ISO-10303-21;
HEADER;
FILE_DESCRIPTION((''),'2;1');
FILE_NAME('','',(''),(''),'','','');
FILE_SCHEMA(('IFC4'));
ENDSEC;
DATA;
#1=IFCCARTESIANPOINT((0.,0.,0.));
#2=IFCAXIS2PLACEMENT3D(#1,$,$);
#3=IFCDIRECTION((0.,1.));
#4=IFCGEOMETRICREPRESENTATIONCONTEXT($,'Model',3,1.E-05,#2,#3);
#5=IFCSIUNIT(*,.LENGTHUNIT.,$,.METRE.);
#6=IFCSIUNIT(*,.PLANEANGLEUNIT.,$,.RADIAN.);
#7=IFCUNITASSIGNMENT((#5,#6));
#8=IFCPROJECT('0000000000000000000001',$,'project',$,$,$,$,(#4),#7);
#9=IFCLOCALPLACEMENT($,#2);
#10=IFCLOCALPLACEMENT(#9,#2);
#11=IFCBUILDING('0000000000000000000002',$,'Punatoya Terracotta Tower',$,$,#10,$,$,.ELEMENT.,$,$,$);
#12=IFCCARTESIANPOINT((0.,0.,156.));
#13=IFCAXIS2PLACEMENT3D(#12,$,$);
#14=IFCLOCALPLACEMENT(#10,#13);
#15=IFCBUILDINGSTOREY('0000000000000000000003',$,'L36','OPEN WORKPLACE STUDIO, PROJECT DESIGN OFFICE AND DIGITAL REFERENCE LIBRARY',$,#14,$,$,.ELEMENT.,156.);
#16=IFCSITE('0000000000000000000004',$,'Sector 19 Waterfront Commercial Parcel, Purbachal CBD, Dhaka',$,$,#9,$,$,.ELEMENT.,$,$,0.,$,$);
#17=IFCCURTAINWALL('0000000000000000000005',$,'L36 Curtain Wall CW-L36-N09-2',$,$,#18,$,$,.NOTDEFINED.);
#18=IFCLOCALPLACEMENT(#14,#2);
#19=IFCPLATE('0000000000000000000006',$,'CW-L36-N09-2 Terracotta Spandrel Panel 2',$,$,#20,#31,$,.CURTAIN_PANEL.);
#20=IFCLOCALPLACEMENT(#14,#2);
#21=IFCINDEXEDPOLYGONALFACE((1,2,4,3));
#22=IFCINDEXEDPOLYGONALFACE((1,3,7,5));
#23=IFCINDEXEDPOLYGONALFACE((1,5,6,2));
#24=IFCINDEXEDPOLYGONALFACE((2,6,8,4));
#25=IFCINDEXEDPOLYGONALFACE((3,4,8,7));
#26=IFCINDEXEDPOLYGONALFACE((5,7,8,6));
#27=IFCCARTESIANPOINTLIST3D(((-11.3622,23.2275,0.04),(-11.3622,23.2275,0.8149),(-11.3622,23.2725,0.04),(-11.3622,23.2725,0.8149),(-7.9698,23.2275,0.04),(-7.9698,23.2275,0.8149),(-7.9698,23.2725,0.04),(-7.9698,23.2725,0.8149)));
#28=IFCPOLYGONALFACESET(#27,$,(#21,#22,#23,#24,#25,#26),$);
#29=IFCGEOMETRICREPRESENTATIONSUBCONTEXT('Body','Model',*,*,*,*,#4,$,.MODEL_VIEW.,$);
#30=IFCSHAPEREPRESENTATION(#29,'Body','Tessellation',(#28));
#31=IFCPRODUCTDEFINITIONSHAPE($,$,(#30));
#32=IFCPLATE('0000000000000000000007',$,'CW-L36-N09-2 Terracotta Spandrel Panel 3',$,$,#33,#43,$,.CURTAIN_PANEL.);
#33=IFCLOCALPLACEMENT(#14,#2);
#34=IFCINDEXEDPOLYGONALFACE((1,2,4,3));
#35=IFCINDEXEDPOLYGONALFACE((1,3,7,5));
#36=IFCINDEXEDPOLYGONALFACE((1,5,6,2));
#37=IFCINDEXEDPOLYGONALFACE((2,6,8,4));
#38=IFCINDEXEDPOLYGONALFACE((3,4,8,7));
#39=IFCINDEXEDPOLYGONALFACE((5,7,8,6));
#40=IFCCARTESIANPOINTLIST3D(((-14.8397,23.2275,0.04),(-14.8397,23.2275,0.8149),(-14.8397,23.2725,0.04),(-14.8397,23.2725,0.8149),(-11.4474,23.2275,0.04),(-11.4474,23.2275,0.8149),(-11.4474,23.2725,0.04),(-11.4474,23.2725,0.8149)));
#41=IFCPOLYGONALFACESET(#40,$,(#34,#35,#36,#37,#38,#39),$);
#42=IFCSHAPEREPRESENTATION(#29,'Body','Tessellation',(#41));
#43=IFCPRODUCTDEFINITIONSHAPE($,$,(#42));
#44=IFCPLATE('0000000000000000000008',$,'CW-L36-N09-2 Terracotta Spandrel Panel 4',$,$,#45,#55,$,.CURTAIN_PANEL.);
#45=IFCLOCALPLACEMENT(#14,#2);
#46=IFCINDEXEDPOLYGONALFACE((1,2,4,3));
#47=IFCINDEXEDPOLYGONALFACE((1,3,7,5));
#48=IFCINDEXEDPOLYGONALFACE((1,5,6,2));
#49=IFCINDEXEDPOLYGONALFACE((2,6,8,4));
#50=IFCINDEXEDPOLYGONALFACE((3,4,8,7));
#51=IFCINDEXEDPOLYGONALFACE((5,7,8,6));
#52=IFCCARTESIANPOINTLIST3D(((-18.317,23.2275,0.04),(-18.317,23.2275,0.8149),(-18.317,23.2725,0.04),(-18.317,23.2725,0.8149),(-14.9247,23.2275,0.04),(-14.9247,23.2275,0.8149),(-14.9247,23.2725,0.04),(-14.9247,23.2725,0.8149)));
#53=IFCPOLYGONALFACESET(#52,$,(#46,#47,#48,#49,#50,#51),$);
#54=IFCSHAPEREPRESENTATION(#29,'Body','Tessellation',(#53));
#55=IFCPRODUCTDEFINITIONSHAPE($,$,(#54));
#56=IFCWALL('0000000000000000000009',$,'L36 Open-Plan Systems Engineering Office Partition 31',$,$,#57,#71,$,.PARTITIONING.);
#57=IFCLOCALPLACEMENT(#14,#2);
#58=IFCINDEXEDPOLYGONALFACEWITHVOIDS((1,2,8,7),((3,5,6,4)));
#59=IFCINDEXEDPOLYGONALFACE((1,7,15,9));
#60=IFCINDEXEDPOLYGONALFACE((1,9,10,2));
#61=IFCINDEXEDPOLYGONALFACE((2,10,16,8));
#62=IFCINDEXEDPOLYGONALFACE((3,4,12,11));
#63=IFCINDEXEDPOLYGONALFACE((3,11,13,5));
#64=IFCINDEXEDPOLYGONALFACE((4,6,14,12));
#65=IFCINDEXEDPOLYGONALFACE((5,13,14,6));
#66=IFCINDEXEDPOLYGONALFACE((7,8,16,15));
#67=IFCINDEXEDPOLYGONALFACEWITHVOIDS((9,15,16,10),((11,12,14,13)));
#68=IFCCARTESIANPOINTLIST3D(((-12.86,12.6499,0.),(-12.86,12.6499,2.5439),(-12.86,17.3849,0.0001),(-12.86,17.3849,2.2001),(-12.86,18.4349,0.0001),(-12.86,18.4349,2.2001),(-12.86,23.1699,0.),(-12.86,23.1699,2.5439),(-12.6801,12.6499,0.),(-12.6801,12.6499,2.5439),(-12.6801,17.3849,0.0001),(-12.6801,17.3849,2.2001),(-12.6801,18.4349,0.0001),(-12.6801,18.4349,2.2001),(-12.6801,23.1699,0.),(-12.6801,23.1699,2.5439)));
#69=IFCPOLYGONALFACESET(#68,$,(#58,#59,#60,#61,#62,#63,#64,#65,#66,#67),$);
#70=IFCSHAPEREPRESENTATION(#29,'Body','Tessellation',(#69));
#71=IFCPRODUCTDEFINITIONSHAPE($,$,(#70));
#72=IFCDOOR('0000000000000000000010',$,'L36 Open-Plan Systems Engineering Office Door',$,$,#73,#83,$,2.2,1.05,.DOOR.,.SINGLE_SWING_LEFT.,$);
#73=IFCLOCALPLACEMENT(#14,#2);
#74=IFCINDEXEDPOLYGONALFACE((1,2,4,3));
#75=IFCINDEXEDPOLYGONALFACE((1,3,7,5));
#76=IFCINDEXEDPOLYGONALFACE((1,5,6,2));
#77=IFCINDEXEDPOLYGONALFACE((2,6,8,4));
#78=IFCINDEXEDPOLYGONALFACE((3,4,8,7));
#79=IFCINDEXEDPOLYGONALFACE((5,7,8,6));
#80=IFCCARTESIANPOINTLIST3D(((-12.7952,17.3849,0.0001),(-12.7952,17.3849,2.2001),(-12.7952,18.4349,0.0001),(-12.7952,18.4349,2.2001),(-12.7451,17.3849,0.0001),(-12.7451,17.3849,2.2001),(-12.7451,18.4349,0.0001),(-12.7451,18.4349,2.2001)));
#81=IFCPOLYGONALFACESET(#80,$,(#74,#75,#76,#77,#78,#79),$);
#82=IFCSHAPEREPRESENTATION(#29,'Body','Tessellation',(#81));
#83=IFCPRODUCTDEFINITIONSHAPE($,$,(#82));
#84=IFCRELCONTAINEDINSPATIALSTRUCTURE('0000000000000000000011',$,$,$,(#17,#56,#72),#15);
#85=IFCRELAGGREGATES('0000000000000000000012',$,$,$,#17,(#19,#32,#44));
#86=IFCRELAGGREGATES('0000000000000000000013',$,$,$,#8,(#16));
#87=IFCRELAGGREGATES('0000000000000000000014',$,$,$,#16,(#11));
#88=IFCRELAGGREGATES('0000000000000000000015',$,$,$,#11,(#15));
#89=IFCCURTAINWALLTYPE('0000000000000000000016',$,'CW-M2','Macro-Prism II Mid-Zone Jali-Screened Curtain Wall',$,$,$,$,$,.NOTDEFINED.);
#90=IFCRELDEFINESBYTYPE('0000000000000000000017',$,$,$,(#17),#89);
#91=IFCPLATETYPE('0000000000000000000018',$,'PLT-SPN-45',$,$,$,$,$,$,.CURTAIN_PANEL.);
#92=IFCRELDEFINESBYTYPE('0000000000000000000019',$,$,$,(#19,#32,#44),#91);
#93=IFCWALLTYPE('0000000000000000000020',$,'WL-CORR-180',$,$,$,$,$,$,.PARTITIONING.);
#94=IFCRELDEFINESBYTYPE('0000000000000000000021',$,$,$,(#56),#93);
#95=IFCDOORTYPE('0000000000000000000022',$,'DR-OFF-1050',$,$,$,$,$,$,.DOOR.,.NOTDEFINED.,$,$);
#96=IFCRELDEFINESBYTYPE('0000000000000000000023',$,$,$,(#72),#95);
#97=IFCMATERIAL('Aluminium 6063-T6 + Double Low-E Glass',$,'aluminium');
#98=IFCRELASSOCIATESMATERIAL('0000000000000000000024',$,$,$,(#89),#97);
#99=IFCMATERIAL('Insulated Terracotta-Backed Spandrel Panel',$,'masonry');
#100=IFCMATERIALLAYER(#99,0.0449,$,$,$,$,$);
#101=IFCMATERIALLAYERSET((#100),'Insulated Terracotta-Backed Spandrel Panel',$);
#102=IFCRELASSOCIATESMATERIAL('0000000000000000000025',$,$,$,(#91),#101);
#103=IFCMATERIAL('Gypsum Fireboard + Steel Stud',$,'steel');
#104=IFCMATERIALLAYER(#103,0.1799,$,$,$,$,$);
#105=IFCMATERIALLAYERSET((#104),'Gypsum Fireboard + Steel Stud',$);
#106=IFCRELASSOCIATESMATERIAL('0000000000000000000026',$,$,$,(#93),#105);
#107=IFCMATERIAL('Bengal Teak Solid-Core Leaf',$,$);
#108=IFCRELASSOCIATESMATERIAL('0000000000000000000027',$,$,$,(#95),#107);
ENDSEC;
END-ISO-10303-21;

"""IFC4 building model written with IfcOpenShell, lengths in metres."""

from ifc_helpers import new_model, si_unit, direction, frame, frame_2d, origin, origin_2d, place, context, subcontext, project, spatial, rectangle, extrude, material, layer, layer_set, type_object, element, fill, aggregate, save


model = new_model("IFC4")

# Units and contexts
model_context = context("Model", 3, precision=1e-05, world=origin(), true_north=direction((0.0, 1.0)))
body_context = subcontext(model_context, "Body", "Model", "MODEL_VIEW")
ifc_project = project(units=[si_unit("LENGTHUNIT", "METRE"), si_unit("PLANEANGLEUNIT", "RADIAN")], contexts=[model_context])

# Site, building, storey
site_placement = place(None, origin())
site = spatial("IfcSite", under=ifc_project, at=site_placement, Name="Sector 19 Waterfront Commercial Parcel, Purbachal CBD, Dhaka", CompositionType="ELEMENT", RefElevation=0.0)
building_placement = place(site_placement, origin())
building = spatial("IfcBuilding", under=site, at=building_placement, Name="Punatoya Terracotta Tower", CompositionType="ELEMENT")
storey_placement = place(building_placement, frame((0.0, 0.0, 156.0)))
storey = spatial("IfcBuildingStorey", under=building, at=storey_placement, Name="L36", Description="OPEN WORKPLACE STUDIO, PROJECT DESIGN OFFICE AND DIGITAL REFERENCE LIBRARY", CompositionType="ELEMENT", Elevation=156.0)

# Curtain wall
ifc_material_1 = material(Name="Aluminium 6063-T6 + Double Low-E Glass", Category="aluminium")
curtain_wall_type = type_object("IfcCurtainWallType", Name="CW-M2", Description="Macro-Prism II Mid-Zone Jali-Screened Curtain Wall", PredefinedType="NOTDEFINED", material=ifc_material_1)
curtain_wall_placement = place(storey_placement, origin())
curtain_wall = element("IfcCurtainWall", 1, at=curtain_wall_placement, inside=storey, type_object=curtain_wall_type, Name="L36 Curtain Wall CW-L36-N09-2", PredefinedType="NOTDEFINED")

# Plates
ifc_material_2 = material(Name="Insulated Terracotta-Backed Spandrel Panel", Category="masonry")
ifc_layer_1 = layer(ifc_material_2, 0.0449)
ifc_layer_set_1 = layer_set([ifc_layer_1], Name="Insulated Terracotta-Backed Spandrel Panel")
plate_type_1 = type_object("IfcPlateType", Name="PLT-SPN-45", PredefinedType="CURTAIN_PANEL", material=ifc_layer_set_1)
plate_1_placement = place(storey_placement, frame((-9.666, 23.25, 0.04), z_axis=(0.0, 0.0, 1.0), x_axis=(-1.0, 0.0, 0.0)))
plate_1 = element("IfcPlate", 2, at=plate_1_placement, type_object=plate_type_1, Name="CW-L36-N09-2 Terracotta Spandrel Panel 2", PredefinedType="CURTAIN_PANEL", context=body_context, shape_type="SweptSolid", body=[
    extrude(rectangle(XDim=3.3923, YDim=0.0449, at=origin_2d()), origin(), (0.0, 0.0, 1.0), 0.7749),
])
plate_2_placement = place(storey_placement, frame((-13.1436, 23.25, 0.04), z_axis=(0.0, 0.0, 1.0), x_axis=(-1.0, 0.0, 0.0)))
plate_2 = element("IfcPlate", 3, at=plate_2_placement, type_object=plate_type_1, Name="CW-L36-N09-2 Terracotta Spandrel Panel 3", PredefinedType="CURTAIN_PANEL", context=body_context, shape_type="SweptSolid", body=[
    extrude(rectangle(XDim=3.3923, YDim=0.0449, at=origin_2d()), origin(), (0.0, 0.0, 1.0), 0.7749),
])
plate_3_placement = place(storey_placement, frame((-16.6208, 23.25, 0.04), z_axis=(0.0, 0.0, 1.0), x_axis=(-1.0, 0.0, 0.0)))
plate_3 = element("IfcPlate", 4, at=plate_3_placement, type_object=plate_type_1, Name="CW-L36-N09-2 Terracotta Spandrel Panel 4", PredefinedType="CURTAIN_PANEL", context=body_context, shape_type="SweptSolid", body=[
    extrude(rectangle(XDim=3.3923, YDim=0.0449, at=origin_2d()), origin(), (0.0, 0.0, 1.0), 0.7749),
])
aggregate(curtain_wall, [plate_1, plate_2, plate_3])

# Wall, opening, door
ifc_material_3 = material(Name="Gypsum Fireboard + Steel Stud", Category="steel")
ifc_layer_2 = layer(ifc_material_3, 0.1799)
ifc_layer_set_2 = layer_set([ifc_layer_2], Name="Gypsum Fireboard + Steel Stud")
wall_type = type_object("IfcWallType", Name="WL-CORR-180", PredefinedType="PARTITIONING", material=ifc_layer_set_2)
wall_placement = place(storey_placement, frame((-12.77, 23.1699, 0.0), z_axis=(0.0, 0.0, 1.0), x_axis=(0.0, -1.0, 0.0)))
wall = element("IfcWall", 5, at=wall_placement, inside=storey, type_object=wall_type, Name="L36 Open-Plan Systems Engineering Office Partition 31", PredefinedType="PARTITIONING", context=body_context, shape_type="SweptSolid", body=[
    extrude(rectangle(XDim=10.52, YDim=0.1799, at=frame_2d((5.26, 0.0))), origin(), (0.0, 0.0, 1.0), 2.5439),
])
opening_placement = place(wall_placement, frame((4.7351, 0.0, 0.0)))
opening = element("IfcOpeningElement", 6, at=opening_placement, cuts=wall, PredefinedType="OPENING", context=body_context, shape_type="SweptSolid", body=[
    extrude(rectangle(XDim=1.05, YDim=2.2, at=frame_2d((0.5249, 1.1001))), frame((0.0, 0.0999, 0.0), z_axis=(0.0, -1.0, 0.0), x_axis=(1.0, 0.0, 0.0)), (0.0, 0.0, 1.0), 0.2),
])
ifc_material_4 = material(Name="Bengal Teak Solid-Core Leaf")
door_type = type_object("IfcDoorType", Name="DR-OFF-1050", OperationType="NOTDEFINED", PredefinedType="DOOR", material=ifc_material_4)
door_placement = place(opening_placement, origin())
door = element("IfcDoor", 7, at=door_placement, inside=storey, type_object=door_type, Name="L36 Open-Plan Systems Engineering Office Door", OperationType="SINGLE_SWING_LEFT", OverallHeight=2.2, OverallWidth=1.05, PredefinedType="DOOR", context=body_context, shape_type="SweptSolid", body=[
    extrude(rectangle(XDim=1.05, YDim=2.2, at=frame_2d((0.5249, 1.1001))), frame((0.0, 0.0249, 0.0), z_axis=(0.0, -1.0, 0.0), x_axis=(1.0, 0.0, 0.0)), (0.0, 0.0, 1.0), 0.05),
])
fill(opening, door)

save(model, "model.ifc")
